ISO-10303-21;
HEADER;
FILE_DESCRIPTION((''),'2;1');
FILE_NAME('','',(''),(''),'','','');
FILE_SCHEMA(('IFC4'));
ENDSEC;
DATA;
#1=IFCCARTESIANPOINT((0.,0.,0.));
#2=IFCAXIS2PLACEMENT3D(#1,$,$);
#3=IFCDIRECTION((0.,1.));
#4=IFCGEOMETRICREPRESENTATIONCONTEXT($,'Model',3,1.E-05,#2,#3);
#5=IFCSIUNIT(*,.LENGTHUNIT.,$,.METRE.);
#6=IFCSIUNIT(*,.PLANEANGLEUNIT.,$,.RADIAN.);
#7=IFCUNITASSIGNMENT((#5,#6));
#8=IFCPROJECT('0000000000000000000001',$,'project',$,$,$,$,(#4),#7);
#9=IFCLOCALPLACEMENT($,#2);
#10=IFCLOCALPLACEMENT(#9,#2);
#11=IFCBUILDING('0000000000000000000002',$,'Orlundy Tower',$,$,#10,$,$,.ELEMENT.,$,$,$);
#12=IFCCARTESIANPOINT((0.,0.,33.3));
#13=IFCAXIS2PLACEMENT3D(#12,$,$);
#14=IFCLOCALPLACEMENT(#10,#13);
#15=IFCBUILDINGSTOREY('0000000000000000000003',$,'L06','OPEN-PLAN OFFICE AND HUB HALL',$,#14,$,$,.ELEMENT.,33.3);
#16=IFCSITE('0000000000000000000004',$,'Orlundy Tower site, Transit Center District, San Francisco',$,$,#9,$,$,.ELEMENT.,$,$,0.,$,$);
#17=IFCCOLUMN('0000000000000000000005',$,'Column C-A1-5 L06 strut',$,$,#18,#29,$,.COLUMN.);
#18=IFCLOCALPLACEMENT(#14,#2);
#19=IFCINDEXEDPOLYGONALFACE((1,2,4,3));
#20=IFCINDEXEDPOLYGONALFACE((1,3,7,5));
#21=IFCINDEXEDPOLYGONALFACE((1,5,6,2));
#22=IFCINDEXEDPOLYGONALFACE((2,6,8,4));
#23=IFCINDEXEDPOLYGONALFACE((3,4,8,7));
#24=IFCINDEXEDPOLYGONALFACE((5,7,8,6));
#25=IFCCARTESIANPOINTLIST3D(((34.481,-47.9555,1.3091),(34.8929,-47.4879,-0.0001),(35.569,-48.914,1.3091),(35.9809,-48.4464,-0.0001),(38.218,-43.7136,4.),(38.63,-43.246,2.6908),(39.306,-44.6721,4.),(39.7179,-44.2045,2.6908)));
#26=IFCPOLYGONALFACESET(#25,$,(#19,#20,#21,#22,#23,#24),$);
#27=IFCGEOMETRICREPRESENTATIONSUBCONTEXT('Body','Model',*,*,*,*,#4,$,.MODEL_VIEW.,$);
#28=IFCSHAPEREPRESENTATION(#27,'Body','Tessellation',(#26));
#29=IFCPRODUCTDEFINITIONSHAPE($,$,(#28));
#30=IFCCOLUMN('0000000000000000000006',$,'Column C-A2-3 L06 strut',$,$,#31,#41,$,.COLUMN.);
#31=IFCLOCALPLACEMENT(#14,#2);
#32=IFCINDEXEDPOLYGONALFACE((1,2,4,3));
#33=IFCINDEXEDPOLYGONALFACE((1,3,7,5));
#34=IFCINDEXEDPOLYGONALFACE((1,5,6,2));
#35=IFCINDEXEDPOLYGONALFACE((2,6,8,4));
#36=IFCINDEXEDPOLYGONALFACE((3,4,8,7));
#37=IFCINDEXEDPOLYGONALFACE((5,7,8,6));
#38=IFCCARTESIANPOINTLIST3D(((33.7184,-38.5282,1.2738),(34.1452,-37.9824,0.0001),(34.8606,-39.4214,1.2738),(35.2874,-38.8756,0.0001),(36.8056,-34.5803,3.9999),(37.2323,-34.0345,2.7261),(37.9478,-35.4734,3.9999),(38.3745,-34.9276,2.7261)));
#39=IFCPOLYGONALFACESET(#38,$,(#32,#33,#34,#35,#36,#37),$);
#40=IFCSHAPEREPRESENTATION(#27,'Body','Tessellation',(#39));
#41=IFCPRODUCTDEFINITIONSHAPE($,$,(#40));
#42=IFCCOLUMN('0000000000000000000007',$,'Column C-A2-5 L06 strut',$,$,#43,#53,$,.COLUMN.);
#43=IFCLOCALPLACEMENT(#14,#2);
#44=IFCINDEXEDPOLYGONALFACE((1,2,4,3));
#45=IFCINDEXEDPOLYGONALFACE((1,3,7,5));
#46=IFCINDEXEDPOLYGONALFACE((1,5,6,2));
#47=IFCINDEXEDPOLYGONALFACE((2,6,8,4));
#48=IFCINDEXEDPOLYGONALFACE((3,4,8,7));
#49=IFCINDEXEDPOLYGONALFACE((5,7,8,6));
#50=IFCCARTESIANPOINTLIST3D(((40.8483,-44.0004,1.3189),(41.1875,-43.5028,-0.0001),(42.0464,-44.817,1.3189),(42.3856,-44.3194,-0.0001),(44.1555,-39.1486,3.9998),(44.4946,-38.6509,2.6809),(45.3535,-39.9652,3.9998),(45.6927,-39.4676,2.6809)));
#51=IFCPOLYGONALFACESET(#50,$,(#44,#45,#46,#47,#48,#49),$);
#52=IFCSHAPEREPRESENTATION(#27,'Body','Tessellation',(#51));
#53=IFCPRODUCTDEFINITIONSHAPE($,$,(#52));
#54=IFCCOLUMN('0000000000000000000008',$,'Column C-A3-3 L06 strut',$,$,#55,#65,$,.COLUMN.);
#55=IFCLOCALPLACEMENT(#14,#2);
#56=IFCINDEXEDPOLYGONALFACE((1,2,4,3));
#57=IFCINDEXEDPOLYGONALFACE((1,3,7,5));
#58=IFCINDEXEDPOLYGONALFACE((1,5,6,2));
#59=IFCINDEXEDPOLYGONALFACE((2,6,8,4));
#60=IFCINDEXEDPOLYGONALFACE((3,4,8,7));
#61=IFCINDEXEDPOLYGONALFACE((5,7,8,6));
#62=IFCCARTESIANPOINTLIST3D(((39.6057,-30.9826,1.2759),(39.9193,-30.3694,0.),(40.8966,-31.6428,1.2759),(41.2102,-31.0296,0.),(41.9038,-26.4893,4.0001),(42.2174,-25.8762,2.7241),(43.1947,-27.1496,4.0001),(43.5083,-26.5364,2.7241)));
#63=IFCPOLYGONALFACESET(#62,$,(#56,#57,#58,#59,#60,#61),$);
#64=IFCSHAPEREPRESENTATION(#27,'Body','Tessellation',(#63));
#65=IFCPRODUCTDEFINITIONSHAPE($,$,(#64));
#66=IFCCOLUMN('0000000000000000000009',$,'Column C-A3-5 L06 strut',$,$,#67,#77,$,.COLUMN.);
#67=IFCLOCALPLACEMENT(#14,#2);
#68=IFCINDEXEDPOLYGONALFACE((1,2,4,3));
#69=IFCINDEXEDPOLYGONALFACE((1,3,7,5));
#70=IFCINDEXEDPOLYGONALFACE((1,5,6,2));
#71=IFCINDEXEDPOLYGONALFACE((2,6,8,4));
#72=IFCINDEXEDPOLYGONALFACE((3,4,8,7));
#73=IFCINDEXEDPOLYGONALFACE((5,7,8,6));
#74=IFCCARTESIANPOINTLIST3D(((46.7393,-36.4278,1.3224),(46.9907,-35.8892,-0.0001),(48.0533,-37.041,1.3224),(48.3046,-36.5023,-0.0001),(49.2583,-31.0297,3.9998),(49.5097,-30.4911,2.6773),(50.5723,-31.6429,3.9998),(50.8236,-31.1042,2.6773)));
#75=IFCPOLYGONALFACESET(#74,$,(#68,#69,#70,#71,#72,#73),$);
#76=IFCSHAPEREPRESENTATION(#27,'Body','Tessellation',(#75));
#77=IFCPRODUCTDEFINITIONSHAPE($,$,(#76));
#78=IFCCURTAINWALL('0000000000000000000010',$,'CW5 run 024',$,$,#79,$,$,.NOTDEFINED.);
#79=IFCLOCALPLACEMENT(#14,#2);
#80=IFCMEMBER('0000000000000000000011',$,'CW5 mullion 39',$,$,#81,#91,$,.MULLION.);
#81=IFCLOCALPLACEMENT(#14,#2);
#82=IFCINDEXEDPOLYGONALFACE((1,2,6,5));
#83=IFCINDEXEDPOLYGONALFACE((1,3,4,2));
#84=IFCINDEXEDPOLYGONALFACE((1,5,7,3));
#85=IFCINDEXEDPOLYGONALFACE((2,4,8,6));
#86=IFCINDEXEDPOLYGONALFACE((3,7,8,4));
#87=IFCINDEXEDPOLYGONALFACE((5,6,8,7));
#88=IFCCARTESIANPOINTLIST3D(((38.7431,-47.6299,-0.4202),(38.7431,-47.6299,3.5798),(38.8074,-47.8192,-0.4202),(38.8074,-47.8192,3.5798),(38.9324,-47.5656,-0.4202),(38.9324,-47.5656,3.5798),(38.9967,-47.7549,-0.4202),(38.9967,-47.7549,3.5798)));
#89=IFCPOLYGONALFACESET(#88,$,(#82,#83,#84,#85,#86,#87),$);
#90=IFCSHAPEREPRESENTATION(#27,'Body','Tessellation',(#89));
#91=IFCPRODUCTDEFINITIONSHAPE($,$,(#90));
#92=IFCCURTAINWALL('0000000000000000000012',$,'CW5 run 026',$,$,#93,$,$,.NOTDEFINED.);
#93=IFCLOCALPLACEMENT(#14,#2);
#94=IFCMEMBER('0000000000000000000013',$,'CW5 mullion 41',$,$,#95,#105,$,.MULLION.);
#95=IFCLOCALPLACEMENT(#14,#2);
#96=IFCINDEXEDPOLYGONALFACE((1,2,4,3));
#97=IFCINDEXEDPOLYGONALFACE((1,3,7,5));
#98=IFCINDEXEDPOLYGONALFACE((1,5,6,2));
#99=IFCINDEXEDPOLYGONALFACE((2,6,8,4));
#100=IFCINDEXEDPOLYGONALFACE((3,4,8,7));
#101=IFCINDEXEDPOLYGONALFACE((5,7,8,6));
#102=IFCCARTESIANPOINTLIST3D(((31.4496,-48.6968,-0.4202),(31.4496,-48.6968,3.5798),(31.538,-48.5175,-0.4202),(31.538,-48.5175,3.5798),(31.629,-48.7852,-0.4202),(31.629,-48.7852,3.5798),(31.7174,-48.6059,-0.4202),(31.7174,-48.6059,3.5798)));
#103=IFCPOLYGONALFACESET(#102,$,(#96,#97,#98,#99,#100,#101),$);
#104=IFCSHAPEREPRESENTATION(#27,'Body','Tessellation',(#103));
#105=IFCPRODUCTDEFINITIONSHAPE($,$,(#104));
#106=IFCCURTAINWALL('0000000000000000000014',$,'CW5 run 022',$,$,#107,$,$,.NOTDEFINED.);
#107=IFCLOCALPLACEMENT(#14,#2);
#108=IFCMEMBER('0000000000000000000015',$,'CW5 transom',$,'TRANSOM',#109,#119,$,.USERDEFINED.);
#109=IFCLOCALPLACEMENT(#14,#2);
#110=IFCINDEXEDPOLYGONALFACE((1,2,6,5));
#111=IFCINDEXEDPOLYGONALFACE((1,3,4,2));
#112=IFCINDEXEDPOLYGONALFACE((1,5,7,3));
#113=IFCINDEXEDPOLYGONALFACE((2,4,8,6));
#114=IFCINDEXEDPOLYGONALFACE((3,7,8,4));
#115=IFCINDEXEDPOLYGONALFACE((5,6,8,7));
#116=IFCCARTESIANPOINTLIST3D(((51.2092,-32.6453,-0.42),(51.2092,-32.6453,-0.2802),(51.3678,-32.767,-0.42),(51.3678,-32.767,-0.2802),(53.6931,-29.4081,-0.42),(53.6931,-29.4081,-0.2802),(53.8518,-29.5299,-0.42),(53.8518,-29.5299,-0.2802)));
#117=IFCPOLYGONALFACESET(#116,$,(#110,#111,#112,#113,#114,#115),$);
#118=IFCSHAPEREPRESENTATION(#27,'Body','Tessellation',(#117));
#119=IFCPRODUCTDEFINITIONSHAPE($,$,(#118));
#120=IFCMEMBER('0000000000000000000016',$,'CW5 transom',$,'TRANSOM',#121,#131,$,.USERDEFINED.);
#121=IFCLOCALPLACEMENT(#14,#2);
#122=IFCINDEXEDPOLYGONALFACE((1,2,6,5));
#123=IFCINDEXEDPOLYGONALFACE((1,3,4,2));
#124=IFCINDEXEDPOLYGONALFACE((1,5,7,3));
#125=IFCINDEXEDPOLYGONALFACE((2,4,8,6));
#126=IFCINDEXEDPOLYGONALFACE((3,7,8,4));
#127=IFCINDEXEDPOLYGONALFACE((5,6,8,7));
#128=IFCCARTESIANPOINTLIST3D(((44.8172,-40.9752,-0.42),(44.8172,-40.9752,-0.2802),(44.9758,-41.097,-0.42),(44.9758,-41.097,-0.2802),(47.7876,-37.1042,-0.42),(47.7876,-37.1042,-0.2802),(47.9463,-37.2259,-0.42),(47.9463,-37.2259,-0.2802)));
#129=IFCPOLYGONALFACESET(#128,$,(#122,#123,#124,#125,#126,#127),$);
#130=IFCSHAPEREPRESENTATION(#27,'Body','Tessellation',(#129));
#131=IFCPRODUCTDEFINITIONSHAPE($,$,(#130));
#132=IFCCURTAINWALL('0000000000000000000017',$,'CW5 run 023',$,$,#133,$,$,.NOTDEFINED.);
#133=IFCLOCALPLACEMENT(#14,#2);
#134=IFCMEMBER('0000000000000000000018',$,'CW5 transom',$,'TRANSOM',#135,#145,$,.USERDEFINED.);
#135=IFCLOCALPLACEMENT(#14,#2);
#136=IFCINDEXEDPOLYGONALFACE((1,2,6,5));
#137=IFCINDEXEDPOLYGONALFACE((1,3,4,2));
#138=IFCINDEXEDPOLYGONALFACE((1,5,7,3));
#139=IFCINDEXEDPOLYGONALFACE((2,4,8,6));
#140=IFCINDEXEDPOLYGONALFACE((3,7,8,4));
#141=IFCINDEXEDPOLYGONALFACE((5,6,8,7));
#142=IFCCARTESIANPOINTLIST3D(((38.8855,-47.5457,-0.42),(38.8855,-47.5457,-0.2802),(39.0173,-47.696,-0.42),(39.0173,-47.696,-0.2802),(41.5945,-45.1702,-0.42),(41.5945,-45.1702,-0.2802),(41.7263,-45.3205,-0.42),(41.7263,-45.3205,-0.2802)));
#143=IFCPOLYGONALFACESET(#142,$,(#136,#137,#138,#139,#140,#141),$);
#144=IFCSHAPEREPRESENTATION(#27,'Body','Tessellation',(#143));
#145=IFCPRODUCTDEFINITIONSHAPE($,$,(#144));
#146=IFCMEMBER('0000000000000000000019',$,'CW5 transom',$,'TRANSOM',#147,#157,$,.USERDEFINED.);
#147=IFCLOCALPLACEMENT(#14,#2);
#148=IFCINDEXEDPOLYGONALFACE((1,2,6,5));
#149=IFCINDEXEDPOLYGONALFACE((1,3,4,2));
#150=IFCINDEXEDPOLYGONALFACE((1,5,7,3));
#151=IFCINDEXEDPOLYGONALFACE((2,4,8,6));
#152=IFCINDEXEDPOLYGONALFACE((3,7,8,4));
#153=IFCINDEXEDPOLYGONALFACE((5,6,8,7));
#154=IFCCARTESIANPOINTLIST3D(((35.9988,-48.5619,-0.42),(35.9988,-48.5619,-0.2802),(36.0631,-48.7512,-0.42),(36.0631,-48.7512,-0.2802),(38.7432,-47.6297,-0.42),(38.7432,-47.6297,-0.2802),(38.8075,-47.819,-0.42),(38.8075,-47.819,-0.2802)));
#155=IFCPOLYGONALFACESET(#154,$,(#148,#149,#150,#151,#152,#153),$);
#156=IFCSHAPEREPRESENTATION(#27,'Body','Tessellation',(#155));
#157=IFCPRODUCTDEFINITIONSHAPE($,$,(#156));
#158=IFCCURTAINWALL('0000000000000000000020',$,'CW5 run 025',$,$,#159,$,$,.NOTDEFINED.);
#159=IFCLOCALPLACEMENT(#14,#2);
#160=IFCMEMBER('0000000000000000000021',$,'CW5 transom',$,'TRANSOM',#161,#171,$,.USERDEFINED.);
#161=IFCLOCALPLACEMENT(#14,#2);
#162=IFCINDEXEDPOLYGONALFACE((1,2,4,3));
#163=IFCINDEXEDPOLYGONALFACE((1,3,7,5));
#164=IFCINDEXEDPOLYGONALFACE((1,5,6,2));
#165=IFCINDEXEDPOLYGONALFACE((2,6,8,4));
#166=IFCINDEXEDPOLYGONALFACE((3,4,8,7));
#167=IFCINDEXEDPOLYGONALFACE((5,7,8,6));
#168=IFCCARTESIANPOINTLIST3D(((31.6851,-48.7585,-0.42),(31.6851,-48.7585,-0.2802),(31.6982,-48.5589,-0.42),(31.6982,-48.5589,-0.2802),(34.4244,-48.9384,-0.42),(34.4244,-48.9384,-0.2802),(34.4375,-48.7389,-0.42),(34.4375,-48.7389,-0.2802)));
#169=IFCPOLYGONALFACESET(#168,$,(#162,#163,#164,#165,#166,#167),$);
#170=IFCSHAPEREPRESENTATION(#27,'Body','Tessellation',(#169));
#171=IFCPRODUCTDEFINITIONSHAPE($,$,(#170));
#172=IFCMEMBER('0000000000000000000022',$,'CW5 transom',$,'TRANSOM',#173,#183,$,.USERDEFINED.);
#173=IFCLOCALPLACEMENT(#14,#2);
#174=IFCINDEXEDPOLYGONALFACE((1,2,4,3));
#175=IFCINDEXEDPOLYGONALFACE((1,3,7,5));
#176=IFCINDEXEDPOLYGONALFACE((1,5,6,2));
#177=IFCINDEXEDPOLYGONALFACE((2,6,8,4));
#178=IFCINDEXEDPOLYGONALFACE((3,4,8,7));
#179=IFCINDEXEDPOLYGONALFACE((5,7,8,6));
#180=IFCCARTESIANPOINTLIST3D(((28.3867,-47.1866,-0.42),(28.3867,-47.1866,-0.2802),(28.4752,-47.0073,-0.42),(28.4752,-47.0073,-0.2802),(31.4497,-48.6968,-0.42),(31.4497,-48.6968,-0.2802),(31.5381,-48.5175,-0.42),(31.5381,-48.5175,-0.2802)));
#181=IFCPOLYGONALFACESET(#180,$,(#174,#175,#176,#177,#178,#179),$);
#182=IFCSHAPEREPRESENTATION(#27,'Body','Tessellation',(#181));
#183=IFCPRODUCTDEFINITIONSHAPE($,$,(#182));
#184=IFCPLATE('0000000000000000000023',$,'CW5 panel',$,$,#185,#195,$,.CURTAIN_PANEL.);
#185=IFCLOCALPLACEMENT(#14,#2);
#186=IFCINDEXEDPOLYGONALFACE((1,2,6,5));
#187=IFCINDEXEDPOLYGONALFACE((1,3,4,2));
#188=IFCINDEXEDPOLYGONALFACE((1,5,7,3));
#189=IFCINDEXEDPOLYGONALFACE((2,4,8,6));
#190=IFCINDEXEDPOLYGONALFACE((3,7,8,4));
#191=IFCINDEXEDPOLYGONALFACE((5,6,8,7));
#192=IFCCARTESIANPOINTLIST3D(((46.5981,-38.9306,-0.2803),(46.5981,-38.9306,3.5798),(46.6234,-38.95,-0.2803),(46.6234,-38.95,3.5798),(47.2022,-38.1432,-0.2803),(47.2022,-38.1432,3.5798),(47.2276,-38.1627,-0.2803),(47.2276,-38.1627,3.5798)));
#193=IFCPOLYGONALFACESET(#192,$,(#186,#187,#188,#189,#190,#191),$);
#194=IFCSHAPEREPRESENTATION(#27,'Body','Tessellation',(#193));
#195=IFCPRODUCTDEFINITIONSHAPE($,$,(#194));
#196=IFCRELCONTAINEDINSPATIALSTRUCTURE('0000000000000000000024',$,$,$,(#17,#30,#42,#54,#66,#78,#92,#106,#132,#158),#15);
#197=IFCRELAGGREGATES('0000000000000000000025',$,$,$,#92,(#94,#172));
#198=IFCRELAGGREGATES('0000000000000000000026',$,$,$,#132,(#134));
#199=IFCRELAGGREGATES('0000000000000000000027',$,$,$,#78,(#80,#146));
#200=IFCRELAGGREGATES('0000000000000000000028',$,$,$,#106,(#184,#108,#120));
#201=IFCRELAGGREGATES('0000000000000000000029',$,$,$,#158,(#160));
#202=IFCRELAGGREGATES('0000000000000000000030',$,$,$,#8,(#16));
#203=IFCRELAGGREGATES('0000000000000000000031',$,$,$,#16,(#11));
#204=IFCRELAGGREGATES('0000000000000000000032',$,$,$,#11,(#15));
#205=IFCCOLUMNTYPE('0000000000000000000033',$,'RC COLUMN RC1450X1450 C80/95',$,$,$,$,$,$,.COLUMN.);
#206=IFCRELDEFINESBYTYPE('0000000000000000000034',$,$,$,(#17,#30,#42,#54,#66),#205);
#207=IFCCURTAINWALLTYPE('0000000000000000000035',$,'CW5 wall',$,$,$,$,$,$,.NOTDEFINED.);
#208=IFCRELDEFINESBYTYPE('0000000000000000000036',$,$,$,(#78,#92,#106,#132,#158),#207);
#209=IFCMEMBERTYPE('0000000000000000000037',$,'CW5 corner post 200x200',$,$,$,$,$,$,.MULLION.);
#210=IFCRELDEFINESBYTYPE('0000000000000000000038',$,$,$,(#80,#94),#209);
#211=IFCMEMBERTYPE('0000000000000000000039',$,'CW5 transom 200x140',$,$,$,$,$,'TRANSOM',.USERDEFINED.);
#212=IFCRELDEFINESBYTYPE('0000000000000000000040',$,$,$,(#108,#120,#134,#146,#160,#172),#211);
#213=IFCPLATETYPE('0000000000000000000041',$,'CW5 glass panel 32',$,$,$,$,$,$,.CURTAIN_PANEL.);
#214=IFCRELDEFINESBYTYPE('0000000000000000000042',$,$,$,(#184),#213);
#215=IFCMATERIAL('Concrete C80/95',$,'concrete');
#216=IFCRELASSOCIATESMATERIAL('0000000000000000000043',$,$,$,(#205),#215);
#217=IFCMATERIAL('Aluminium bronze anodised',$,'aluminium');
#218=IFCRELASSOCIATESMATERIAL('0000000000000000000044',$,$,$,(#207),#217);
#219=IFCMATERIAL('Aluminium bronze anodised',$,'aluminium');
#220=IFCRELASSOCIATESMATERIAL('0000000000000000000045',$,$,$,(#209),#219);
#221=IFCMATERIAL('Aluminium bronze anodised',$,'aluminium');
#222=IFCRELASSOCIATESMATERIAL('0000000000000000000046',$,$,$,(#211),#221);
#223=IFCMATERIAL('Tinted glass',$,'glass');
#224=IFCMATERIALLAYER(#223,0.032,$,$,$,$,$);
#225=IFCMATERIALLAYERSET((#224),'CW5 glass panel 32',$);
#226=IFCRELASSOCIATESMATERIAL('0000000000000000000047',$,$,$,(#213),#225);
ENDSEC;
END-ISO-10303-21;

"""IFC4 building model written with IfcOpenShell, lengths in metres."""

from ifc_helpers import new_model, si_unit, direction, frame, origin, origin_2d, place, context, subcontext, project, spatial, rectangle, extrude, material, layer, layer_set, material_profile, profile_set, type_object, element, aggregate, save


model = new_model("IFC4")

# Units and contexts
model_context = context("Model", 3, precision=1e-05, world=origin(), true_north=direction((0.0, 1.0)))
body_context = subcontext(model_context, "Body", "Model", "MODEL_VIEW")
ifc_project = project(units=[si_unit("LENGTHUNIT", "METRE"), si_unit("PLANEANGLEUNIT", "RADIAN")], contexts=[model_context])

# Site, building, storey
site_placement = place(None, origin())
site = spatial("IfcSite", under=ifc_project, at=site_placement, Name="Orlundy Tower site, Transit Center District, San Francisco", CompositionType="ELEMENT", RefElevation=0.0)
building_placement = place(site_placement, origin())
building = spatial("IfcBuilding", under=site, at=building_placement, Name="Orlundy Tower", CompositionType="ELEMENT")
storey_placement = place(building_placement, frame((0.0, 0.0, 33.3)))
storey = spatial("IfcBuildingStorey", under=building, at=storey_placement, Name="L06", Description="OPEN-PLAN OFFICE AND HUB HALL", CompositionType="ELEMENT", Elevation=33.3)

# Columns
ifc_material_1 = material(Name="Concrete C80/95", Category="concrete")
ifc_material_profile_1 = material_profile(ifc_material_1, rectangle(XDim=1.45, YDim=1.45, at=origin_2d()), Name="RC1450X1450")
ifc_profile_set_1 = profile_set([ifc_material_profile_1], Name="Concrete C80/95")
column_type = type_object("IfcColumnType", Name="RC COLUMN RC1450X1450 C80/95", PredefinedType="COLUMN", material=ifc_profile_set_1)
column_1_placement = place(storey_placement, frame((35.231, -48.2009, 0.6545), z_axis=(0.596874, 0.677513, 0.429787), x_axis=(-0.750349, 0.661042, 0.0)))
element("IfcColumn", 1, at=column_1_placement, inside=storey, type_object=column_type, Name="Column C-A1-5 L06 strut", PredefinedType="COLUMN", context=body_context, shape_type="SweptSolid", body=[
    extrude(rectangle(XDim=1.45, YDim=1.45, at=origin_2d()), origin(), (0.0, 0.0, 1.0), 6.261),
])
column_2_placement = place(storey_placement, frame((34.5029, -38.7019, 0.637), z_axis=(0.541118, 0.692006, 0.477827), x_axis=(-0.787755, 0.615989, 0.0)))
element("IfcColumn", 2, at=column_2_placement, inside=storey, type_object=column_type, Name="Column C-A2-3 L06 strut", PredefinedType="COLUMN", context=body_context, shape_type="SweptSolid", body=[
    extrude(rectangle(XDim=1.45, YDim=1.45, at=origin_2d()), origin(), (0.0, 0.0, 1.0), 5.7051),
])
column_3_placement = place(storey_placement, frame((41.6169, -44.1599, 0.6594), z_axis=(0.512352, 0.751659, 0.415336), x_axis=(-0.8263, 0.56323, 0.0)))
element("IfcColumn", 3, at=column_3_placement, inside=storey, type_object=column_type, Name="Column C-A2-5 L06 strut", PredefinedType="COLUMN", context=body_context, shape_type="SweptSolid", body=[
    extrude(rectangle(XDim=1.45, YDim=1.45, at=origin_2d()), origin(), (0.0, 0.0, 1.0), 6.4548),
])
column_4_placement = place(storey_placement, frame((40.408, -31.0061, 0.6379), z_axis=(0.400712, 0.783459, 0.474997), x_axis=(-0.890307, 0.455361, 0.0)))
element("IfcColumn", 4, at=column_4_placement, inside=storey, type_object=column_type, Name="Column C-A3-3 L06 strut", PredefinedType="COLUMN", context=body_context, shape_type="SweptSolid", body=[
    extrude(rectangle(XDim=1.45, YDim=1.45, at=origin_2d()), origin(), (0.0, 0.0, 1.0), 5.7351),
])
column_5_placement = place(storey_placement, frame((47.522, -36.4651, 0.6611), z_axis=(0.385701, 0.826539, 0.409961), x_axis=(-0.90619, 0.42287, 0.0)))
element("IfcColumn", 5, at=column_5_placement, inside=storey, type_object=column_type, Name="Column C-A3-5 L06 strut", PredefinedType="COLUMN", context=body_context, shape_type="SweptSolid", body=[
    extrude(rectangle(XDim=1.45, YDim=1.45, at=origin_2d()), origin(), (0.0, 0.0, 1.0), 6.531),
])

# Curtain walls, members
ifc_material_2 = material(Name="Aluminium bronze anodised", Category="aluminium")
curtain_wall_type = type_object("IfcCurtainWallType", Name="CW5 wall", PredefinedType="NOTDEFINED", material=ifc_material_2)
curtain_wall_1_placement = place(storey_placement, origin())
curtain_wall_1 = element("IfcCurtainWall", 6, at=curtain_wall_1_placement, inside=storey, type_object=curtain_wall_type, Name="CW5 run 024", PredefinedType="NOTDEFINED")
ifc_material_3 = material(Name="Aluminium bronze anodised", Category="aluminium")
ifc_material_profile_2 = material_profile(ifc_material_3, rectangle(XDim=0.2, YDim=0.2, at=origin_2d()), Name="CW5 corner post 200x200")
ifc_profile_set_2 = profile_set([ifc_material_profile_2], Name="Aluminium bronze anodised")
member_type_1 = type_object("IfcMemberType", Name="CW5 corner post 200x200", PredefinedType="MULLION", material=ifc_profile_set_2)
member_1_placement = place(storey_placement, frame((38.8699, -47.6924, -0.4202), z_axis=(0.0, 0.0, 1.0), x_axis=(0.321564, -0.946888, 0.0)))
member_1 = element("IfcMember", 7, at=member_1_placement, type_object=member_type_1, Name="CW5 mullion 39", PredefinedType="MULLION", context=body_context, shape_type="SweptSolid", body=[
    extrude(rectangle(XDim=0.2, YDim=0.2, at=origin_2d()), origin(), (0.0, 0.0, 1.0), 4.0),
])
curtain_wall_2_placement = place(storey_placement, origin())
curtain_wall_2 = element("IfcCurtainWall", 8, at=curtain_wall_2_placement, inside=storey, type_object=curtain_wall_type, Name="CW5 run 026", PredefinedType="NOTDEFINED")
member_2_placement = place(storey_placement, frame((31.5835, -48.6514, -0.4202), z_axis=(0.0, 0.0, 1.0), x_axis=(-0.442242, -0.896896, 0.0)))
member_2 = element("IfcMember", 9, at=member_2_placement, type_object=member_type_1, Name="CW5 mullion 41", PredefinedType="MULLION", context=body_context, shape_type="SweptSolid", body=[
    extrude(rectangle(XDim=0.2, YDim=0.2, at=origin_2d()), origin(), (0.0, 0.0, 1.0), 4.0),
])

# Curtain wall, members
curtain_wall_3_placement = place(storey_placement, origin())
curtain_wall_3 = element("IfcCurtainWall", 10, at=curtain_wall_3_placement, inside=storey, type_object=curtain_wall_type, Name="CW5 run 022", PredefinedType="NOTDEFINED")
ifc_material_4 = material(Name="Aluminium bronze anodised", Category="aluminium")
ifc_material_profile_3 = material_profile(ifc_material_4, rectangle(XDim=0.2, YDim=0.1399, at=origin_2d()), Name="CW5 transom 200x140")
ifc_profile_set_3 = profile_set([ifc_material_profile_3], Name="Aluminium bronze anodised")
member_type_2 = type_object("IfcMemberType", Name="CW5 transom 200x140", ElementType="TRANSOM", PredefinedType="USERDEFINED", material=ifc_profile_set_3)
member_3_placement = place(storey_placement, frame((53.7725, -29.469, -0.3501), z_axis=(-0.608762, -0.793353, 0.0), x_axis=(0.793353, -0.608762, 0.0)))
member_3 = element("IfcMember", 11, at=member_3_placement, type_object=member_type_2, Name="CW5 transom", ObjectType="TRANSOM", PredefinedType="USERDEFINED", context=body_context, shape_type="SweptSolid", body=[
    extrude(rectangle(XDim=0.2, YDim=0.1399, at=origin_2d()), origin(), (0.0, 0.0, 1.0), 4.0803),
])
member_4_placement = place(storey_placement, frame((47.8669, -37.165, -0.3501), z_axis=(-0.60877, -0.793347, 0.0), x_axis=(0.793347, -0.60877, 0.0)))
member_4 = element("IfcMember", 12, at=member_4_placement, type_object=member_type_2, Name="CW5 transom", ObjectType="TRANSOM", PredefinedType="USERDEFINED", context=body_context, shape_type="SweptSolid", body=[
    extrude(rectangle(XDim=0.2, YDim=0.1399, at=origin_2d()), origin(), (0.0, 0.0, 1.0), 4.8794),
])

# Curtain wall, member
curtain_wall_4_placement = place(storey_placement, origin())
curtain_wall_4 = element("IfcCurtainWall", 13, at=curtain_wall_4_placement, inside=storey, type_object=curtain_wall_type, Name="CW5 run 023", PredefinedType="NOTDEFINED")
member_5_placement = place(storey_placement, frame((41.6604, -45.2454, -0.3501), z_axis=(-0.751871, -0.65931, 0.0), x_axis=(0.65931, -0.751871, 0.0)))
member_5 = element("IfcMember", 14, at=member_5_placement, type_object=member_type_2, Name="CW5 transom", ObjectType="TRANSOM", PredefinedType="USERDEFINED", context=body_context, shape_type="SweptSolid", body=[
    extrude(rectangle(XDim=0.2, YDim=0.1399, at=origin_2d()), origin(), (0.0, 0.0, 1.0), 3.603),
])

# Member
member_6_placement = place(storey_placement, frame((38.7754, -47.7244, -0.3501), z_axis=(-0.946874, -0.321605, 0.0), x_axis=(0.321605, -0.946874, 0.0)))
member_6 = element("IfcMember", 15, at=member_6_placement, type_object=member_type_2, Name="CW5 transom", ObjectType="TRANSOM", PredefinedType="USERDEFINED", context=body_context, shape_type="SweptSolid", body=[
    extrude(rectangle(XDim=0.2, YDim=0.1399, at=origin_2d()), origin(), (0.0, 0.0, 1.0), 2.8984),
])

# Curtain wall, member
curtain_wall_5_placement = place(storey_placement, origin())
curtain_wall_5 = element("IfcCurtainWall", 16, at=curtain_wall_5_placement, inside=storey, type_object=curtain_wall_type, Name="CW5 run 025", PredefinedType="NOTDEFINED")
member_7_placement = place(storey_placement, frame((34.4309, -48.8386, -0.3501), z_axis=(-0.99785, 0.065545, 0.0), x_axis=(-0.065545, -0.99785, 0.0)))
member_7 = element("IfcMember", 17, at=member_7_placement, type_object=member_type_2, Name="CW5 transom", ObjectType="TRANSOM", PredefinedType="USERDEFINED", context=body_context, shape_type="SweptSolid", body=[
    extrude(rectangle(XDim=0.2, YDim=0.1399, at=origin_2d()), origin(), (0.0, 0.0, 1.0), 2.7451),
])

# Member
member_8_placement = place(storey_placement, frame((31.4939, -48.6072, -0.3501), z_axis=(-0.896901, 0.442231, 0.0), x_axis=(-0.442231, -0.896901, 0.0)))
member_8 = element("IfcMember", 18, at=member_8_placement, type_object=member_type_2, Name="CW5 transom", ObjectType="TRANSOM", PredefinedType="USERDEFINED", context=body_context, shape_type="SweptSolid", body=[
    extrude(rectangle(XDim=0.2, YDim=0.1399, at=origin_2d()), origin(), (0.0, 0.0, 1.0), 3.415),
])
aggregate(curtain_wall_2, [member_2, member_8])

# Plate
ifc_material_5 = material(Name="Tinted glass", Category="glass")
ifc_layer_1 = layer(ifc_material_5, 0.032)
ifc_layer_set_1 = layer_set([ifc_layer_1], Name="CW5 glass panel 32")
plate_type_1 = type_object("IfcPlateType", Name="CW5 glass panel 32", PredefinedType="CURTAIN_PANEL", material=ifc_layer_set_1)
plate_1_placement = place(storey_placement, frame((46.9128, -38.5466, -0.2803), z_axis=(0.0, 0.0, 1.0), x_axis=(-0.608771, -0.793346, 0.0)))
plate_1 = element("IfcPlate", 19, at=plate_1_placement, type_object=plate_type_1, Name="CW5 panel", PredefinedType="CURTAIN_PANEL", context=body_context, shape_type="SweptSolid", body=[
    extrude(rectangle(XDim=0.9924, YDim=0.032, at=origin_2d()), origin(), (0.0, 0.0, 1.0), 3.8601),
])
aggregate(curtain_wall_4, [member_5])
aggregate(curtain_wall_1, [member_1, member_6])
aggregate(curtain_wall_3, [plate_1, member_3, member_4])
aggregate(curtain_wall_5, [member_7])

save(model, "model.ifc")
